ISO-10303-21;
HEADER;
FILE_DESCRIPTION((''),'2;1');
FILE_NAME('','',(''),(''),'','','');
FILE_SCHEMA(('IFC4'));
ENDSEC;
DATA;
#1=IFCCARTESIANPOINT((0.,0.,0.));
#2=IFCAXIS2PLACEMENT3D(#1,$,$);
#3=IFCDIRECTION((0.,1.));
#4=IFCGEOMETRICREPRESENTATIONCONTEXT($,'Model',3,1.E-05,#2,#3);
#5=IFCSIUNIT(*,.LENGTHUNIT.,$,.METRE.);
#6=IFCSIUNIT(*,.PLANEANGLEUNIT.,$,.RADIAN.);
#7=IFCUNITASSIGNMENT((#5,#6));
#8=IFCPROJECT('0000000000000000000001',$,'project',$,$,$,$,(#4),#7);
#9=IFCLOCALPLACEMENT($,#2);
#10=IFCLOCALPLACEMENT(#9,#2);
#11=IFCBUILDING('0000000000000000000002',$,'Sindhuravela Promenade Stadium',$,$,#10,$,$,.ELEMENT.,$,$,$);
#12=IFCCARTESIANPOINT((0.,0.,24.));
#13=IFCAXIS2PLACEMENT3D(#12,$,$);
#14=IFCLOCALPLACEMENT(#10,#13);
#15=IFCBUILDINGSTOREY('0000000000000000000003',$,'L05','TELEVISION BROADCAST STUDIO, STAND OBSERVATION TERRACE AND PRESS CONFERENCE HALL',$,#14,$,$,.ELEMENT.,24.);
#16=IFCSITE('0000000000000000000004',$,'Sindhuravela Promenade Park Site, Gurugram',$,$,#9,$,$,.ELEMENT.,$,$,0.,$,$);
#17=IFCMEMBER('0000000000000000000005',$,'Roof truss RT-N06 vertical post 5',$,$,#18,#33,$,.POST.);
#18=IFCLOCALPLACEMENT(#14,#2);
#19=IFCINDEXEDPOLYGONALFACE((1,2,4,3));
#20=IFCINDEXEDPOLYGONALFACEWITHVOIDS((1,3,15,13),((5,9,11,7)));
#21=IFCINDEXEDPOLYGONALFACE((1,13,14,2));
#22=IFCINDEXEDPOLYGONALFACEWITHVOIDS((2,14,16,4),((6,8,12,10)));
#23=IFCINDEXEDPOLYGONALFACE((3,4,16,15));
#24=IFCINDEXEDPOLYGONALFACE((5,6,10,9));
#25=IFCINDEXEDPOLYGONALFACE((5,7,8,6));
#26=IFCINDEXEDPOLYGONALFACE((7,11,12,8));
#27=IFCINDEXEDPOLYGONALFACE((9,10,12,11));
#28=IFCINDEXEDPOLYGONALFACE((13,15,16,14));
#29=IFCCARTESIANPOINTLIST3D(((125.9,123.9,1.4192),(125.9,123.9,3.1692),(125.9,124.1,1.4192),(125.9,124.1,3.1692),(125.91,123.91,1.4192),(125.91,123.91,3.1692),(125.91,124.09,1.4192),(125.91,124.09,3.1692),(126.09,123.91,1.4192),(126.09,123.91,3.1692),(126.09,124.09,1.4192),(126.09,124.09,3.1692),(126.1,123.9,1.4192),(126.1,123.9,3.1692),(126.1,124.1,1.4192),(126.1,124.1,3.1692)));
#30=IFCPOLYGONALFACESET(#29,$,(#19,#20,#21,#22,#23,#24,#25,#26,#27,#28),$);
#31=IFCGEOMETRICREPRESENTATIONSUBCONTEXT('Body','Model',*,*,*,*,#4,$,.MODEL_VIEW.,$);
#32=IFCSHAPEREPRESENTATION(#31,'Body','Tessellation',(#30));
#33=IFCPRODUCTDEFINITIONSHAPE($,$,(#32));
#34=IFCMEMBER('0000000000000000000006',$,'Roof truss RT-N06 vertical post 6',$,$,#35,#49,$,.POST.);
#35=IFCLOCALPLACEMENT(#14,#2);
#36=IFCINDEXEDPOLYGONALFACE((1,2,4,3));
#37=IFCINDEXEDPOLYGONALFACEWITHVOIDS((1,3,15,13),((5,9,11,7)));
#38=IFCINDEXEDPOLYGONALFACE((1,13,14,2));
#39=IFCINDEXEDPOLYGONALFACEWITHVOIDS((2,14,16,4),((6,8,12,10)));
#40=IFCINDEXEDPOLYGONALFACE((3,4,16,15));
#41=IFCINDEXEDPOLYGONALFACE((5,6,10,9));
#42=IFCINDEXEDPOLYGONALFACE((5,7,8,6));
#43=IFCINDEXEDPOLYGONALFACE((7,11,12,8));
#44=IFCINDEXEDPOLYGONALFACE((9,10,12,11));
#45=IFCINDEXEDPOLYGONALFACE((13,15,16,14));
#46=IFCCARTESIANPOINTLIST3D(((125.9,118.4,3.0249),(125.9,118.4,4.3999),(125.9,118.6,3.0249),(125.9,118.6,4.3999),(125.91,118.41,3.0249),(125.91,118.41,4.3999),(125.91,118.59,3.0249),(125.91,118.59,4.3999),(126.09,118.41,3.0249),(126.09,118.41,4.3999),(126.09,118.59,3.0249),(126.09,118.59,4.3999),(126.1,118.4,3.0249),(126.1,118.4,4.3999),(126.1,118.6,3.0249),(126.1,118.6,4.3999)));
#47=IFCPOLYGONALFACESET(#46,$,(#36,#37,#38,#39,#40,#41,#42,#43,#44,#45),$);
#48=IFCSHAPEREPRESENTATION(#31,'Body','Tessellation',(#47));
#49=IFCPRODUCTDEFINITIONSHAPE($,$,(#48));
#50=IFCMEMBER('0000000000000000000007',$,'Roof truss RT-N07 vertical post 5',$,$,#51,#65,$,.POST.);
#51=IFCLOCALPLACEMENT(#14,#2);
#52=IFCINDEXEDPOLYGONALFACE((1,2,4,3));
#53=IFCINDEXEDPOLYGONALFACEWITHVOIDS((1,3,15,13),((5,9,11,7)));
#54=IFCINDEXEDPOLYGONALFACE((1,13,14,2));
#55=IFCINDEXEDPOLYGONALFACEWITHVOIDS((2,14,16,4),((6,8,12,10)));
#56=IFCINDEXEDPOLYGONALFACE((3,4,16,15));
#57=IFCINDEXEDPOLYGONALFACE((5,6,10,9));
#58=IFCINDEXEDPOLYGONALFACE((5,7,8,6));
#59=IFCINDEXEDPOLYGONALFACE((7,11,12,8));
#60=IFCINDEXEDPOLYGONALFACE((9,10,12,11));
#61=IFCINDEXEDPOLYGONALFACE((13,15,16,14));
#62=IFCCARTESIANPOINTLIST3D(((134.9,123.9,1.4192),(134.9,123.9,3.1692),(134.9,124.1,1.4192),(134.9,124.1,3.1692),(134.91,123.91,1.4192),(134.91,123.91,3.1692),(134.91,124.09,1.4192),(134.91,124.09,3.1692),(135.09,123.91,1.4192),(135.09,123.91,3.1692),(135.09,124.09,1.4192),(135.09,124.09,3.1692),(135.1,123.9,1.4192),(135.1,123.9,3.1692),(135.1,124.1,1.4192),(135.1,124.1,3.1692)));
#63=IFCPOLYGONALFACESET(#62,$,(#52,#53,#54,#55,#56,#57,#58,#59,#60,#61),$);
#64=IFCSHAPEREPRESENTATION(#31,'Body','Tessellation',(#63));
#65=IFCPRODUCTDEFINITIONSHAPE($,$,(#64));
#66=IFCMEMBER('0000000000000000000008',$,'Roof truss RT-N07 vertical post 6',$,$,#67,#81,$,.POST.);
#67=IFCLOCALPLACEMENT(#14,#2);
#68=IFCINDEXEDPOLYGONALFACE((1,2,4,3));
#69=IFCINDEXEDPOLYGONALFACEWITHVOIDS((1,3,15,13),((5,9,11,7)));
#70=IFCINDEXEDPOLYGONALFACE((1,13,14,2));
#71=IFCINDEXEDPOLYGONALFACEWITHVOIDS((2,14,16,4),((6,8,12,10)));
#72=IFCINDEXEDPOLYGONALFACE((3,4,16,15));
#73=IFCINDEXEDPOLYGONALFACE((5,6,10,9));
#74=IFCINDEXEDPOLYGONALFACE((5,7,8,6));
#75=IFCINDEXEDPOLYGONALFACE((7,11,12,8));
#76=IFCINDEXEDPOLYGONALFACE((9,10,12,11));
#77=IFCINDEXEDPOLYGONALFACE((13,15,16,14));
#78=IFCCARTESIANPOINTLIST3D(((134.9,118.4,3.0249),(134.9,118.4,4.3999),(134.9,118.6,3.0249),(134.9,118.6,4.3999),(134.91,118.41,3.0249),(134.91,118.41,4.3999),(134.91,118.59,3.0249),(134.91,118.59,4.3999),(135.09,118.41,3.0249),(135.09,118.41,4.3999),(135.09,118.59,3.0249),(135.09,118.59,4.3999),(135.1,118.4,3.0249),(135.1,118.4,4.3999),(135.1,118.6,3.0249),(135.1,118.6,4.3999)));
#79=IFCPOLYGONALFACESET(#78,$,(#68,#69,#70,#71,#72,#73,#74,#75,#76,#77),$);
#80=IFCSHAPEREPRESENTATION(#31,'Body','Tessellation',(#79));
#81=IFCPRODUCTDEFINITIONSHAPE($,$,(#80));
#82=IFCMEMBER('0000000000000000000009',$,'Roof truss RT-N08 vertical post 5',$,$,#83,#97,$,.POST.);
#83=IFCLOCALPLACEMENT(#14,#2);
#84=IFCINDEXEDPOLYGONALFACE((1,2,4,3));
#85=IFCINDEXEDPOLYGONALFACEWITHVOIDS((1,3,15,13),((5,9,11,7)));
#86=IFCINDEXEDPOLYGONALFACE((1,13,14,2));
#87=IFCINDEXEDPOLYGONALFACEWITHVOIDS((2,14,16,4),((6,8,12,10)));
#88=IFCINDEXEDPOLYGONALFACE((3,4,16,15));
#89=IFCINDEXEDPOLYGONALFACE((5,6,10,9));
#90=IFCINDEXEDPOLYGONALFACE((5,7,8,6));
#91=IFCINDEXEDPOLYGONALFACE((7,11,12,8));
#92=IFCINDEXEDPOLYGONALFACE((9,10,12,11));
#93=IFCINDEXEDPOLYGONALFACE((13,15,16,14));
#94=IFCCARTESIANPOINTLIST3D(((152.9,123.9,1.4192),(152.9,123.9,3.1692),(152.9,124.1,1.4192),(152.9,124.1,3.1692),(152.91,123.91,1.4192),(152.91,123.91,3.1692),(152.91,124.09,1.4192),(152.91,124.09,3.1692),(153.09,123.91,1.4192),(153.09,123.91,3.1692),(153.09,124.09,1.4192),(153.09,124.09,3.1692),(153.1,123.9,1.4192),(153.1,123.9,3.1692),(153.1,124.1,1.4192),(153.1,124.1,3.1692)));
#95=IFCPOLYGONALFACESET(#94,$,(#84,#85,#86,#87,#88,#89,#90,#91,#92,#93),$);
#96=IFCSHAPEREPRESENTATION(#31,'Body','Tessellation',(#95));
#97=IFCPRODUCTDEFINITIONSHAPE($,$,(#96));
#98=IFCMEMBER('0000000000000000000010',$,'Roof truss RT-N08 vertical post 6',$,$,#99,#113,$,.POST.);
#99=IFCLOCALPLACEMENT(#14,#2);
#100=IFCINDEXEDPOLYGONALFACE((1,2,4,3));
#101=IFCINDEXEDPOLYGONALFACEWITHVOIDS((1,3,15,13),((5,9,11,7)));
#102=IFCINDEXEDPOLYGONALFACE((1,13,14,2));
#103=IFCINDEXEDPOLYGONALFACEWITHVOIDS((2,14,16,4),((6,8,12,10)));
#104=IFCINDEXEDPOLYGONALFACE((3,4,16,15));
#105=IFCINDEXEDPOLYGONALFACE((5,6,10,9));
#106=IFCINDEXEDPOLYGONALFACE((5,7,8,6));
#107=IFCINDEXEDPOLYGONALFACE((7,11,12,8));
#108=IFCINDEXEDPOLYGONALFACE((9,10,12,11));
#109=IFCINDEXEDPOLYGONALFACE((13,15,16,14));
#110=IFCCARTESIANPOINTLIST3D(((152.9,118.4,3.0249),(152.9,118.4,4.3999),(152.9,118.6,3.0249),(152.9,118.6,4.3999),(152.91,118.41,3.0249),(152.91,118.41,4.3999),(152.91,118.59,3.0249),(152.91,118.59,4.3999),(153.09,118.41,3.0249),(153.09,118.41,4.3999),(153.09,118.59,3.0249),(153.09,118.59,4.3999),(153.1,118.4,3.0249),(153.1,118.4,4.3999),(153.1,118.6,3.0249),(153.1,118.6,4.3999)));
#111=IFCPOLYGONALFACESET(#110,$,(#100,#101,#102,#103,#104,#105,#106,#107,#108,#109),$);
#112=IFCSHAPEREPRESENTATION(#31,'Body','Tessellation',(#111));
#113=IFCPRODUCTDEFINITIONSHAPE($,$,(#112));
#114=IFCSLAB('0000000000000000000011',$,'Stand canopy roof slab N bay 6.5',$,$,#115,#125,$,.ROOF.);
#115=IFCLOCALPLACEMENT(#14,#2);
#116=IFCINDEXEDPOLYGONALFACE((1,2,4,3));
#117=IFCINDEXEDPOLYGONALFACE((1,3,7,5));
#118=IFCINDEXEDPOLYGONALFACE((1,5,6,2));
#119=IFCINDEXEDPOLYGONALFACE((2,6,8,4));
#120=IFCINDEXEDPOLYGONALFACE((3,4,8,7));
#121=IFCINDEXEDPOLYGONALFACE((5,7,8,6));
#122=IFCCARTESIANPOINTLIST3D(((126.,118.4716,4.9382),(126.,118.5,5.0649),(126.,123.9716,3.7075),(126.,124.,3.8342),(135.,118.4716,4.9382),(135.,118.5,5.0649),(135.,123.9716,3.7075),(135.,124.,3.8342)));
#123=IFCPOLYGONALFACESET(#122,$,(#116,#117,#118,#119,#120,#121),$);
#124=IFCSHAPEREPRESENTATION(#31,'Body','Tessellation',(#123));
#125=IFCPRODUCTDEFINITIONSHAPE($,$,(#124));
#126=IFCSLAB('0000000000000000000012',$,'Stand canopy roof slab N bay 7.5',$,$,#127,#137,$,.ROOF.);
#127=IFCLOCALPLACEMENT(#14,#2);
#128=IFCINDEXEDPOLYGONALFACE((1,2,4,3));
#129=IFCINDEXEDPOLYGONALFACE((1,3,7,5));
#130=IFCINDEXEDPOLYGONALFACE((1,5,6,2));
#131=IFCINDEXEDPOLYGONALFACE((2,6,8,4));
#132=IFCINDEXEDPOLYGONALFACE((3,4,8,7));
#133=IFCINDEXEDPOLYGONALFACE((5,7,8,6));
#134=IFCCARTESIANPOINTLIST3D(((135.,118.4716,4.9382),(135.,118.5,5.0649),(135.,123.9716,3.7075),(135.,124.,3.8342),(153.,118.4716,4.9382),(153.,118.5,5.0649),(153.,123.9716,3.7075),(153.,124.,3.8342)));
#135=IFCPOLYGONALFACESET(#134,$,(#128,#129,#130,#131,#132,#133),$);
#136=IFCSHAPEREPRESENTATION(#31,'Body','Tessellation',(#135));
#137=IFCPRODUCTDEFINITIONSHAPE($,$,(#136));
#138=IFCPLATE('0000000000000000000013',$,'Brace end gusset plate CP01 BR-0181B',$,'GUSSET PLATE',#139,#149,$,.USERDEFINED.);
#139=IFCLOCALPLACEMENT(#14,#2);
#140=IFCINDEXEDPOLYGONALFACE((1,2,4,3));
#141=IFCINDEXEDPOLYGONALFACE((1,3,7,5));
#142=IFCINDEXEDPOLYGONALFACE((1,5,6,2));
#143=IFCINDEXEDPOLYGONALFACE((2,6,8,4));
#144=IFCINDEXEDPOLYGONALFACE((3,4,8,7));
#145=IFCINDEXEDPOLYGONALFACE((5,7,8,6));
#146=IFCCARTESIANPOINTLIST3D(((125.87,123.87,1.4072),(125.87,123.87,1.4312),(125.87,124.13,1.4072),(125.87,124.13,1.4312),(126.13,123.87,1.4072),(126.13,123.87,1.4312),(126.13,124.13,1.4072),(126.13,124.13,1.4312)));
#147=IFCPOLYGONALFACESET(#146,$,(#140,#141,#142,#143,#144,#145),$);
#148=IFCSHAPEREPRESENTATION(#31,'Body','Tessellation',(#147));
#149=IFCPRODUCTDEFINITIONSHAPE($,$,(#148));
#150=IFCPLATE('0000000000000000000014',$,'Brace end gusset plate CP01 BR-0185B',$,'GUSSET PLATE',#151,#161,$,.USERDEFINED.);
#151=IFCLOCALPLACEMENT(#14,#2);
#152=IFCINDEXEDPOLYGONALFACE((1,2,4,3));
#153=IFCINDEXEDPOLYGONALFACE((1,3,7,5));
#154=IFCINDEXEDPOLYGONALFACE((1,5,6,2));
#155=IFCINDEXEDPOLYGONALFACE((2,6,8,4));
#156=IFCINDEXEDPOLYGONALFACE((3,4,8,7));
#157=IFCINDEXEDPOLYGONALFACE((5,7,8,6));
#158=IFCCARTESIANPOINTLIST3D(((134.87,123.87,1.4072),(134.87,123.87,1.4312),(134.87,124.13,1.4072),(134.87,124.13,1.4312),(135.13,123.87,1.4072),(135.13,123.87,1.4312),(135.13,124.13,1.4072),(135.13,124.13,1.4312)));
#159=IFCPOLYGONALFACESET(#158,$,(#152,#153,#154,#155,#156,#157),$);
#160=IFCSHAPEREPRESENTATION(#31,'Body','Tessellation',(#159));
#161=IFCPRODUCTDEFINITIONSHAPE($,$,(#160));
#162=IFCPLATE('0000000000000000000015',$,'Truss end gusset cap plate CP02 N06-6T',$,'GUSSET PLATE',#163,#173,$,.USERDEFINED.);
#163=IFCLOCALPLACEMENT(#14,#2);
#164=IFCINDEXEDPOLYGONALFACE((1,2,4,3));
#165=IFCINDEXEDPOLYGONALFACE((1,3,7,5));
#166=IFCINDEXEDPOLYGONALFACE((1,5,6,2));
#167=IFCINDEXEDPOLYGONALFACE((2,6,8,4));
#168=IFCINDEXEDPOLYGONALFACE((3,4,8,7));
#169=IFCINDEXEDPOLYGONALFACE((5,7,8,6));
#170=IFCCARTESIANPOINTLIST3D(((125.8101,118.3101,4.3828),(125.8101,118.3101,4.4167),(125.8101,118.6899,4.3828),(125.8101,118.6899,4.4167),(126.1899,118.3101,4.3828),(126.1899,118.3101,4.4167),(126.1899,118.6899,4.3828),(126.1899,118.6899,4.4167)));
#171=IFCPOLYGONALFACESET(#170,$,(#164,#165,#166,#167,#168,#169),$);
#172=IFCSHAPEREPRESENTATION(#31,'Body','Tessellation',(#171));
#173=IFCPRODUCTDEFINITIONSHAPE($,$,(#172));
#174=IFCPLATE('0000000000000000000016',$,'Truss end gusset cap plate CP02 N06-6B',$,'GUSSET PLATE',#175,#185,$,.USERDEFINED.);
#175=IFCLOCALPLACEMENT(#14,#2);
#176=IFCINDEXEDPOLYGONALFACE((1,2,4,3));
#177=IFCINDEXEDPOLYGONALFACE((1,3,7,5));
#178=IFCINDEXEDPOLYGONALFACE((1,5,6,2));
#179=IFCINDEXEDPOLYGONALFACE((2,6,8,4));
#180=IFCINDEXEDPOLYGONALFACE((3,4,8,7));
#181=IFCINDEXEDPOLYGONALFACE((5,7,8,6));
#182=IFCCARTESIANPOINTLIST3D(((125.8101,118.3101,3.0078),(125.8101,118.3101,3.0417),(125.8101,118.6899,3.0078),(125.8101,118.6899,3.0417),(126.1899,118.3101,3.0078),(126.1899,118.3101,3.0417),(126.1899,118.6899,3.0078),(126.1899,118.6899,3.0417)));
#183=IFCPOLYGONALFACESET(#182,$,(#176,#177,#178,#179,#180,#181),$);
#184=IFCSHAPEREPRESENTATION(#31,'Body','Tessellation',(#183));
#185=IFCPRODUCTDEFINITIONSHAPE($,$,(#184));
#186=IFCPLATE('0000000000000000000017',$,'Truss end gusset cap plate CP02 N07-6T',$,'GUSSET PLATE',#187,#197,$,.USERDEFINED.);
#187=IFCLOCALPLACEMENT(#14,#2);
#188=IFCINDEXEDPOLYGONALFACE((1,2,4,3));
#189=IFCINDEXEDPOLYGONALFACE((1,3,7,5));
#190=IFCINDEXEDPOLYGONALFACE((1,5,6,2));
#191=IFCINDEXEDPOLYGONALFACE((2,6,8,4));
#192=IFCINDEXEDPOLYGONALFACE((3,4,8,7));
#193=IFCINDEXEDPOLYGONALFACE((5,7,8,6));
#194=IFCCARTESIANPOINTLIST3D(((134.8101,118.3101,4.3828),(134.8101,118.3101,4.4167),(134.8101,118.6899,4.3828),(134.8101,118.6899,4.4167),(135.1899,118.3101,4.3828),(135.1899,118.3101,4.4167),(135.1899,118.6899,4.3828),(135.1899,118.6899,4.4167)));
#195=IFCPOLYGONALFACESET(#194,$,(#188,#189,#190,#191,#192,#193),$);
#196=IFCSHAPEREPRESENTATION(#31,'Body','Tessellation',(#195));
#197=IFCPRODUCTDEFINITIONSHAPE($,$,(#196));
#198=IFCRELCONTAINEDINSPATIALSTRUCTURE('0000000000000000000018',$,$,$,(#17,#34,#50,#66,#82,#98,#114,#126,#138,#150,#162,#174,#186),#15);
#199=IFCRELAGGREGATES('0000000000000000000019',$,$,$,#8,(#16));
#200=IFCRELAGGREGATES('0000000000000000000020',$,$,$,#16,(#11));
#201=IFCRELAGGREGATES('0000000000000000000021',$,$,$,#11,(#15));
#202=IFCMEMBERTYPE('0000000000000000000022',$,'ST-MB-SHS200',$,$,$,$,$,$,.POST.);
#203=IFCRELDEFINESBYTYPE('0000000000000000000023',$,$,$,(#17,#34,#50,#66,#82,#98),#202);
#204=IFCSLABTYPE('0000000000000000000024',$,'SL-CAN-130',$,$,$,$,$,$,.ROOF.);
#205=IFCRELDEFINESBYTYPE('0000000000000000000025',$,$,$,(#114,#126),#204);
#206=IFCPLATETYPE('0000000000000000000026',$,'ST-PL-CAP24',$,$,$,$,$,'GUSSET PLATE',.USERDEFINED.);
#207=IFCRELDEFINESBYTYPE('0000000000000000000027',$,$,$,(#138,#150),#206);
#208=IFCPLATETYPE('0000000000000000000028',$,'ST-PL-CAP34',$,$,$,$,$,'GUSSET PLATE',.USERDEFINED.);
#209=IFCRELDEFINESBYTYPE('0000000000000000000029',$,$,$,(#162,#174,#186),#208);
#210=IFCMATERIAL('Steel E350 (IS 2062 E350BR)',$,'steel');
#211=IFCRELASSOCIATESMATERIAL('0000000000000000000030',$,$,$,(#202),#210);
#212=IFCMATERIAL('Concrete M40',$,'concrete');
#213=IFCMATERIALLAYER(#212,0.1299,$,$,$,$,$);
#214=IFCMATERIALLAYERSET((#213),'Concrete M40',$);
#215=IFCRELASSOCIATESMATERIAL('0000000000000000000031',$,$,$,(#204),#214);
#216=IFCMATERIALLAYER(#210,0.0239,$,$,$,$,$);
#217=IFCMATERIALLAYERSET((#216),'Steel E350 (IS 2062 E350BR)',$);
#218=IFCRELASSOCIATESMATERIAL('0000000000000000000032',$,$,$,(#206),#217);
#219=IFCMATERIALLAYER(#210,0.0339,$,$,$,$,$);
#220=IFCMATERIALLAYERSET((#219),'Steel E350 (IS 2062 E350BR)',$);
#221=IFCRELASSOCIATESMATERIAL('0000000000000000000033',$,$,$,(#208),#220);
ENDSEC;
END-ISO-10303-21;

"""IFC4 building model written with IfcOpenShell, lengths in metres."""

from ifc_helpers import new_model, si_unit, direction, frame, origin, origin_2d, place, context, subcontext, project, spatial, polyline, rectangle, hollow_rectangle, outline, extrude, material, layer, layer_set, material_profile, profile_set, type_object, element, save


model = new_model("IFC4")

# Units and contexts
model_context = context("Model", 3, precision=1e-05, world=origin(), true_north=direction((0.0, 1.0)))
body_context = subcontext(model_context, "Body", "Model", "MODEL_VIEW")
ifc_project = project(units=[si_unit("LENGTHUNIT", "METRE"), si_unit("PLANEANGLEUNIT", "RADIAN")], contexts=[model_context])

# Site, building, storey
site_placement = place(None, origin())
site = spatial("IfcSite", under=ifc_project, at=site_placement, Name="Sindhuravela Promenade Park Site, Gurugram", CompositionType="ELEMENT", RefElevation=0.0)
building_placement = place(site_placement, origin())
building = spatial("IfcBuilding", under=site, at=building_placement, Name="Sindhuravela Promenade Stadium", CompositionType="ELEMENT")
storey_placement = place(building_placement, frame((0.0, 0.0, 24.0)))
storey = spatial("IfcBuildingStorey", under=building, at=storey_placement, Name="L05", Description="TELEVISION BROADCAST STUDIO, STAND OBSERVATION TERRACE AND PRESS CONFERENCE HALL", CompositionType="ELEMENT", Elevation=24.0)

# Shared definitions
ifc_material_1 = material(Name="Steel E350 (IS 2062 E350BR)", Category="steel")

# Members
ifc_material_profile_1 = material_profile(ifc_material_1, hollow_rectangle(XDim=0.2, YDim=0.2, WallThickness=0.01, at=origin_2d()), Name="SHS 200x200x10")
ifc_profile_set_1 = profile_set([ifc_material_profile_1], Name="Steel E350 (IS 2062 E350BR)")
member_type_1 = type_object("IfcMemberType", Name="ST-MB-SHS200", PredefinedType="POST", material=ifc_profile_set_1)
member_1_placement = place(storey_placement, frame((126.0, 124.0, 1.4192), z_axis=(0.0, 0.0, 1.0), x_axis=(1.0, 0.0, 0.0)))
element("IfcMember", 1, at=member_1_placement, inside=storey, type_object=member_type_1, Name="Roof truss RT-N06 vertical post 5", PredefinedType="POST", context=body_context, shape_type="SweptSolid", body=[
    extrude(hollow_rectangle(XDim=0.2, YDim=0.2, WallThickness=0.01, at=origin_2d()), origin(), (0.0, 0.0, 1.0), 1.75),
])
member_2_placement = place(storey_placement, frame((126.0, 118.5, 3.0249), z_axis=(0.0, 0.0, 1.0), x_axis=(1.0, 0.0, 0.0)))
element("IfcMember", 2, at=member_2_placement, inside=storey, type_object=member_type_1, Name="Roof truss RT-N06 vertical post 6", PredefinedType="POST", context=body_context, shape_type="SweptSolid", body=[
    extrude(hollow_rectangle(XDim=0.2, YDim=0.2, WallThickness=0.01, at=origin_2d()), origin(), (0.0, 0.0, 1.0), 1.375),
])
member_3_placement = place(storey_placement, frame((135.0, 124.0, 1.4192), z_axis=(0.0, 0.0, 1.0), x_axis=(1.0, 0.0, 0.0)))
element("IfcMember", 3, at=member_3_placement, inside=storey, type_object=member_type_1, Name="Roof truss RT-N07 vertical post 5", PredefinedType="POST", context=body_context, shape_type="SweptSolid", body=[
    extrude(hollow_rectangle(XDim=0.2, YDim=0.2, WallThickness=0.01, at=origin_2d()), origin(), (0.0, 0.0, 1.0), 1.75),
])
member_4_placement = place(storey_placement, frame((135.0, 118.5, 3.0249), z_axis=(0.0, 0.0, 1.0), x_axis=(1.0, 0.0, 0.0)))
element("IfcMember", 4, at=member_4_placement, inside=storey, type_object=member_type_1, Name="Roof truss RT-N07 vertical post 6", PredefinedType="POST", context=body_context, shape_type="SweptSolid", body=[
    extrude(hollow_rectangle(XDim=0.2, YDim=0.2, WallThickness=0.01, at=origin_2d()), origin(), (0.0, 0.0, 1.0), 1.375),
])
member_5_placement = place(storey_placement, frame((153.0, 124.0, 1.4192), z_axis=(0.0, 0.0, 1.0), x_axis=(1.0, 0.0, 0.0)))
element("IfcMember", 5, at=member_5_placement, inside=storey, type_object=member_type_1, Name="Roof truss RT-N08 vertical post 5", PredefinedType="POST", context=body_context, shape_type="SweptSolid", body=[
    extrude(hollow_rectangle(XDim=0.2, YDim=0.2, WallThickness=0.01, at=origin_2d()), origin(), (0.0, 0.0, 1.0), 1.75),
])
member_6_placement = place(storey_placement, frame((153.0, 118.5, 3.0249), z_axis=(0.0, 0.0, 1.0), x_axis=(1.0, 0.0, 0.0)))
element("IfcMember", 6, at=member_6_placement, inside=storey, type_object=member_type_1, Name="Roof truss RT-N08 vertical post 6", PredefinedType="POST", context=body_context, shape_type="SweptSolid", body=[
    extrude(hollow_rectangle(XDim=0.2, YDim=0.2, WallThickness=0.01, at=origin_2d()), origin(), (0.0, 0.0, 1.0), 1.375),
])

# Slabs
ifc_material_2 = material(Name="Concrete M40", Category="concrete")
ifc_layer_1 = layer(ifc_material_2, 0.1299)
ifc_layer_set_1 = layer_set([ifc_layer_1], Name="Concrete M40")
slab_type = type_object("IfcSlabType", Name="SL-CAN-130", PredefinedType="ROOF", material=ifc_layer_set_1)
slab_1_placement = place(storey_placement, frame((126.0, 124.0, 3.8342), z_axis=(0.0, 0.218366, 0.975867), x_axis=(1.0, 0.0, 0.0)))
element("IfcSlab", 7, at=slab_1_placement, inside=storey, type_object=slab_type, Name="Stand canopy roof slab N bay 6.5", PredefinedType="ROOF", context=body_context, shape_type="SweptSolid", body=[
    extrude(outline(polyline([(0.0, 0.0), (0.0, -5.636), (9.0, -5.636), (9.0, 0.0), (0.0, 0.0)])), origin(), (0.0, 0.0, -1.0), 0.1299),
])
slab_2_placement = place(storey_placement, frame((135.0, 124.0, 3.8342), z_axis=(0.0, 0.218366, 0.975867), x_axis=(1.0, 0.0, 0.0)))
element("IfcSlab", 8, at=slab_2_placement, inside=storey, type_object=slab_type, Name="Stand canopy roof slab N bay 7.5", PredefinedType="ROOF", context=body_context, shape_type="SweptSolid", body=[
    extrude(outline(polyline([(0.0, 0.0), (0.0, -5.636), (18.0, -5.636), (18.0, 0.0), (0.0, 0.0)])), origin(), (0.0, 0.0, -1.0), 0.1299),
])

# Plates
ifc_layer_2 = layer(ifc_material_1, 0.0239)
ifc_layer_set_2 = layer_set([ifc_layer_2], Name="Steel E350 (IS 2062 E350BR)")
plate_type_1 = type_object("IfcPlateType", Name="ST-PL-CAP24", ElementType="GUSSET PLATE", PredefinedType="USERDEFINED", material=ifc_layer_set_2)
for number, where, z_axis, x_axis, name in (
    (9, (126.0, 124.0, 1.4072), (0.0, 0.0, 1.0), (1.0, 0.0, 0.0), "Brace end gusset plate CP01 BR-0181B"),
    (10, (135.0, 124.0, 1.4072), (0.0, 0.0, 1.0), (1.0, 0.0, 0.0), "Brace end gusset plate CP01 BR-0185B"),
):
    element("IfcPlate", number, at=place(storey_placement, frame(where, z_axis=z_axis, x_axis=x_axis)), inside=storey, type_object=plate_type_1, Name=name, ObjectType="GUSSET PLATE", PredefinedType="USERDEFINED", context=body_context, shape_type="SweptSolid", body=[
        extrude(rectangle(XDim=0.26, YDim=0.26, at=origin_2d()), origin(), (0.0, 0.0, 1.0), 0.0239),
    ])
ifc_layer_3 = layer(ifc_material_1, 0.0339)
ifc_layer_set_3 = layer_set([ifc_layer_3], Name="Steel E350 (IS 2062 E350BR)")
plate_type_2 = type_object("IfcPlateType", Name="ST-PL-CAP34", ElementType="GUSSET PLATE", PredefinedType="USERDEFINED", material=ifc_layer_set_3)
for number, where, z_axis, x_axis, name in (
    (11, (126.0, 118.5, 4.3828), (0.0, 0.0, 1.0), (1.0, 0.0, 0.0), "Truss end gusset cap plate CP02 N06-6T"),
    (12, (126.0, 118.5, 3.0078), (0.0, 0.0, 1.0), (1.0, 0.0, 0.0), "Truss end gusset cap plate CP02 N06-6B"),
    (13, (135.0, 118.5, 4.3828), (0.0, 0.0, 1.0), (1.0, 0.0, 0.0), "Truss end gusset cap plate CP02 N07-6T"),
):
    element("IfcPlate", number, at=place(storey_placement, frame(where, z_axis=z_axis, x_axis=x_axis)), inside=storey, type_object=plate_type_2, Name=name, ObjectType="GUSSET PLATE", PredefinedType="USERDEFINED", context=body_context, shape_type="SweptSolid", body=[
        extrude(rectangle(XDim=0.3799, YDim=0.3799, at=origin_2d()), origin(), (0.0, 0.0, 1.0), 0.0339),
    ])

save(model, "model.ifc")
